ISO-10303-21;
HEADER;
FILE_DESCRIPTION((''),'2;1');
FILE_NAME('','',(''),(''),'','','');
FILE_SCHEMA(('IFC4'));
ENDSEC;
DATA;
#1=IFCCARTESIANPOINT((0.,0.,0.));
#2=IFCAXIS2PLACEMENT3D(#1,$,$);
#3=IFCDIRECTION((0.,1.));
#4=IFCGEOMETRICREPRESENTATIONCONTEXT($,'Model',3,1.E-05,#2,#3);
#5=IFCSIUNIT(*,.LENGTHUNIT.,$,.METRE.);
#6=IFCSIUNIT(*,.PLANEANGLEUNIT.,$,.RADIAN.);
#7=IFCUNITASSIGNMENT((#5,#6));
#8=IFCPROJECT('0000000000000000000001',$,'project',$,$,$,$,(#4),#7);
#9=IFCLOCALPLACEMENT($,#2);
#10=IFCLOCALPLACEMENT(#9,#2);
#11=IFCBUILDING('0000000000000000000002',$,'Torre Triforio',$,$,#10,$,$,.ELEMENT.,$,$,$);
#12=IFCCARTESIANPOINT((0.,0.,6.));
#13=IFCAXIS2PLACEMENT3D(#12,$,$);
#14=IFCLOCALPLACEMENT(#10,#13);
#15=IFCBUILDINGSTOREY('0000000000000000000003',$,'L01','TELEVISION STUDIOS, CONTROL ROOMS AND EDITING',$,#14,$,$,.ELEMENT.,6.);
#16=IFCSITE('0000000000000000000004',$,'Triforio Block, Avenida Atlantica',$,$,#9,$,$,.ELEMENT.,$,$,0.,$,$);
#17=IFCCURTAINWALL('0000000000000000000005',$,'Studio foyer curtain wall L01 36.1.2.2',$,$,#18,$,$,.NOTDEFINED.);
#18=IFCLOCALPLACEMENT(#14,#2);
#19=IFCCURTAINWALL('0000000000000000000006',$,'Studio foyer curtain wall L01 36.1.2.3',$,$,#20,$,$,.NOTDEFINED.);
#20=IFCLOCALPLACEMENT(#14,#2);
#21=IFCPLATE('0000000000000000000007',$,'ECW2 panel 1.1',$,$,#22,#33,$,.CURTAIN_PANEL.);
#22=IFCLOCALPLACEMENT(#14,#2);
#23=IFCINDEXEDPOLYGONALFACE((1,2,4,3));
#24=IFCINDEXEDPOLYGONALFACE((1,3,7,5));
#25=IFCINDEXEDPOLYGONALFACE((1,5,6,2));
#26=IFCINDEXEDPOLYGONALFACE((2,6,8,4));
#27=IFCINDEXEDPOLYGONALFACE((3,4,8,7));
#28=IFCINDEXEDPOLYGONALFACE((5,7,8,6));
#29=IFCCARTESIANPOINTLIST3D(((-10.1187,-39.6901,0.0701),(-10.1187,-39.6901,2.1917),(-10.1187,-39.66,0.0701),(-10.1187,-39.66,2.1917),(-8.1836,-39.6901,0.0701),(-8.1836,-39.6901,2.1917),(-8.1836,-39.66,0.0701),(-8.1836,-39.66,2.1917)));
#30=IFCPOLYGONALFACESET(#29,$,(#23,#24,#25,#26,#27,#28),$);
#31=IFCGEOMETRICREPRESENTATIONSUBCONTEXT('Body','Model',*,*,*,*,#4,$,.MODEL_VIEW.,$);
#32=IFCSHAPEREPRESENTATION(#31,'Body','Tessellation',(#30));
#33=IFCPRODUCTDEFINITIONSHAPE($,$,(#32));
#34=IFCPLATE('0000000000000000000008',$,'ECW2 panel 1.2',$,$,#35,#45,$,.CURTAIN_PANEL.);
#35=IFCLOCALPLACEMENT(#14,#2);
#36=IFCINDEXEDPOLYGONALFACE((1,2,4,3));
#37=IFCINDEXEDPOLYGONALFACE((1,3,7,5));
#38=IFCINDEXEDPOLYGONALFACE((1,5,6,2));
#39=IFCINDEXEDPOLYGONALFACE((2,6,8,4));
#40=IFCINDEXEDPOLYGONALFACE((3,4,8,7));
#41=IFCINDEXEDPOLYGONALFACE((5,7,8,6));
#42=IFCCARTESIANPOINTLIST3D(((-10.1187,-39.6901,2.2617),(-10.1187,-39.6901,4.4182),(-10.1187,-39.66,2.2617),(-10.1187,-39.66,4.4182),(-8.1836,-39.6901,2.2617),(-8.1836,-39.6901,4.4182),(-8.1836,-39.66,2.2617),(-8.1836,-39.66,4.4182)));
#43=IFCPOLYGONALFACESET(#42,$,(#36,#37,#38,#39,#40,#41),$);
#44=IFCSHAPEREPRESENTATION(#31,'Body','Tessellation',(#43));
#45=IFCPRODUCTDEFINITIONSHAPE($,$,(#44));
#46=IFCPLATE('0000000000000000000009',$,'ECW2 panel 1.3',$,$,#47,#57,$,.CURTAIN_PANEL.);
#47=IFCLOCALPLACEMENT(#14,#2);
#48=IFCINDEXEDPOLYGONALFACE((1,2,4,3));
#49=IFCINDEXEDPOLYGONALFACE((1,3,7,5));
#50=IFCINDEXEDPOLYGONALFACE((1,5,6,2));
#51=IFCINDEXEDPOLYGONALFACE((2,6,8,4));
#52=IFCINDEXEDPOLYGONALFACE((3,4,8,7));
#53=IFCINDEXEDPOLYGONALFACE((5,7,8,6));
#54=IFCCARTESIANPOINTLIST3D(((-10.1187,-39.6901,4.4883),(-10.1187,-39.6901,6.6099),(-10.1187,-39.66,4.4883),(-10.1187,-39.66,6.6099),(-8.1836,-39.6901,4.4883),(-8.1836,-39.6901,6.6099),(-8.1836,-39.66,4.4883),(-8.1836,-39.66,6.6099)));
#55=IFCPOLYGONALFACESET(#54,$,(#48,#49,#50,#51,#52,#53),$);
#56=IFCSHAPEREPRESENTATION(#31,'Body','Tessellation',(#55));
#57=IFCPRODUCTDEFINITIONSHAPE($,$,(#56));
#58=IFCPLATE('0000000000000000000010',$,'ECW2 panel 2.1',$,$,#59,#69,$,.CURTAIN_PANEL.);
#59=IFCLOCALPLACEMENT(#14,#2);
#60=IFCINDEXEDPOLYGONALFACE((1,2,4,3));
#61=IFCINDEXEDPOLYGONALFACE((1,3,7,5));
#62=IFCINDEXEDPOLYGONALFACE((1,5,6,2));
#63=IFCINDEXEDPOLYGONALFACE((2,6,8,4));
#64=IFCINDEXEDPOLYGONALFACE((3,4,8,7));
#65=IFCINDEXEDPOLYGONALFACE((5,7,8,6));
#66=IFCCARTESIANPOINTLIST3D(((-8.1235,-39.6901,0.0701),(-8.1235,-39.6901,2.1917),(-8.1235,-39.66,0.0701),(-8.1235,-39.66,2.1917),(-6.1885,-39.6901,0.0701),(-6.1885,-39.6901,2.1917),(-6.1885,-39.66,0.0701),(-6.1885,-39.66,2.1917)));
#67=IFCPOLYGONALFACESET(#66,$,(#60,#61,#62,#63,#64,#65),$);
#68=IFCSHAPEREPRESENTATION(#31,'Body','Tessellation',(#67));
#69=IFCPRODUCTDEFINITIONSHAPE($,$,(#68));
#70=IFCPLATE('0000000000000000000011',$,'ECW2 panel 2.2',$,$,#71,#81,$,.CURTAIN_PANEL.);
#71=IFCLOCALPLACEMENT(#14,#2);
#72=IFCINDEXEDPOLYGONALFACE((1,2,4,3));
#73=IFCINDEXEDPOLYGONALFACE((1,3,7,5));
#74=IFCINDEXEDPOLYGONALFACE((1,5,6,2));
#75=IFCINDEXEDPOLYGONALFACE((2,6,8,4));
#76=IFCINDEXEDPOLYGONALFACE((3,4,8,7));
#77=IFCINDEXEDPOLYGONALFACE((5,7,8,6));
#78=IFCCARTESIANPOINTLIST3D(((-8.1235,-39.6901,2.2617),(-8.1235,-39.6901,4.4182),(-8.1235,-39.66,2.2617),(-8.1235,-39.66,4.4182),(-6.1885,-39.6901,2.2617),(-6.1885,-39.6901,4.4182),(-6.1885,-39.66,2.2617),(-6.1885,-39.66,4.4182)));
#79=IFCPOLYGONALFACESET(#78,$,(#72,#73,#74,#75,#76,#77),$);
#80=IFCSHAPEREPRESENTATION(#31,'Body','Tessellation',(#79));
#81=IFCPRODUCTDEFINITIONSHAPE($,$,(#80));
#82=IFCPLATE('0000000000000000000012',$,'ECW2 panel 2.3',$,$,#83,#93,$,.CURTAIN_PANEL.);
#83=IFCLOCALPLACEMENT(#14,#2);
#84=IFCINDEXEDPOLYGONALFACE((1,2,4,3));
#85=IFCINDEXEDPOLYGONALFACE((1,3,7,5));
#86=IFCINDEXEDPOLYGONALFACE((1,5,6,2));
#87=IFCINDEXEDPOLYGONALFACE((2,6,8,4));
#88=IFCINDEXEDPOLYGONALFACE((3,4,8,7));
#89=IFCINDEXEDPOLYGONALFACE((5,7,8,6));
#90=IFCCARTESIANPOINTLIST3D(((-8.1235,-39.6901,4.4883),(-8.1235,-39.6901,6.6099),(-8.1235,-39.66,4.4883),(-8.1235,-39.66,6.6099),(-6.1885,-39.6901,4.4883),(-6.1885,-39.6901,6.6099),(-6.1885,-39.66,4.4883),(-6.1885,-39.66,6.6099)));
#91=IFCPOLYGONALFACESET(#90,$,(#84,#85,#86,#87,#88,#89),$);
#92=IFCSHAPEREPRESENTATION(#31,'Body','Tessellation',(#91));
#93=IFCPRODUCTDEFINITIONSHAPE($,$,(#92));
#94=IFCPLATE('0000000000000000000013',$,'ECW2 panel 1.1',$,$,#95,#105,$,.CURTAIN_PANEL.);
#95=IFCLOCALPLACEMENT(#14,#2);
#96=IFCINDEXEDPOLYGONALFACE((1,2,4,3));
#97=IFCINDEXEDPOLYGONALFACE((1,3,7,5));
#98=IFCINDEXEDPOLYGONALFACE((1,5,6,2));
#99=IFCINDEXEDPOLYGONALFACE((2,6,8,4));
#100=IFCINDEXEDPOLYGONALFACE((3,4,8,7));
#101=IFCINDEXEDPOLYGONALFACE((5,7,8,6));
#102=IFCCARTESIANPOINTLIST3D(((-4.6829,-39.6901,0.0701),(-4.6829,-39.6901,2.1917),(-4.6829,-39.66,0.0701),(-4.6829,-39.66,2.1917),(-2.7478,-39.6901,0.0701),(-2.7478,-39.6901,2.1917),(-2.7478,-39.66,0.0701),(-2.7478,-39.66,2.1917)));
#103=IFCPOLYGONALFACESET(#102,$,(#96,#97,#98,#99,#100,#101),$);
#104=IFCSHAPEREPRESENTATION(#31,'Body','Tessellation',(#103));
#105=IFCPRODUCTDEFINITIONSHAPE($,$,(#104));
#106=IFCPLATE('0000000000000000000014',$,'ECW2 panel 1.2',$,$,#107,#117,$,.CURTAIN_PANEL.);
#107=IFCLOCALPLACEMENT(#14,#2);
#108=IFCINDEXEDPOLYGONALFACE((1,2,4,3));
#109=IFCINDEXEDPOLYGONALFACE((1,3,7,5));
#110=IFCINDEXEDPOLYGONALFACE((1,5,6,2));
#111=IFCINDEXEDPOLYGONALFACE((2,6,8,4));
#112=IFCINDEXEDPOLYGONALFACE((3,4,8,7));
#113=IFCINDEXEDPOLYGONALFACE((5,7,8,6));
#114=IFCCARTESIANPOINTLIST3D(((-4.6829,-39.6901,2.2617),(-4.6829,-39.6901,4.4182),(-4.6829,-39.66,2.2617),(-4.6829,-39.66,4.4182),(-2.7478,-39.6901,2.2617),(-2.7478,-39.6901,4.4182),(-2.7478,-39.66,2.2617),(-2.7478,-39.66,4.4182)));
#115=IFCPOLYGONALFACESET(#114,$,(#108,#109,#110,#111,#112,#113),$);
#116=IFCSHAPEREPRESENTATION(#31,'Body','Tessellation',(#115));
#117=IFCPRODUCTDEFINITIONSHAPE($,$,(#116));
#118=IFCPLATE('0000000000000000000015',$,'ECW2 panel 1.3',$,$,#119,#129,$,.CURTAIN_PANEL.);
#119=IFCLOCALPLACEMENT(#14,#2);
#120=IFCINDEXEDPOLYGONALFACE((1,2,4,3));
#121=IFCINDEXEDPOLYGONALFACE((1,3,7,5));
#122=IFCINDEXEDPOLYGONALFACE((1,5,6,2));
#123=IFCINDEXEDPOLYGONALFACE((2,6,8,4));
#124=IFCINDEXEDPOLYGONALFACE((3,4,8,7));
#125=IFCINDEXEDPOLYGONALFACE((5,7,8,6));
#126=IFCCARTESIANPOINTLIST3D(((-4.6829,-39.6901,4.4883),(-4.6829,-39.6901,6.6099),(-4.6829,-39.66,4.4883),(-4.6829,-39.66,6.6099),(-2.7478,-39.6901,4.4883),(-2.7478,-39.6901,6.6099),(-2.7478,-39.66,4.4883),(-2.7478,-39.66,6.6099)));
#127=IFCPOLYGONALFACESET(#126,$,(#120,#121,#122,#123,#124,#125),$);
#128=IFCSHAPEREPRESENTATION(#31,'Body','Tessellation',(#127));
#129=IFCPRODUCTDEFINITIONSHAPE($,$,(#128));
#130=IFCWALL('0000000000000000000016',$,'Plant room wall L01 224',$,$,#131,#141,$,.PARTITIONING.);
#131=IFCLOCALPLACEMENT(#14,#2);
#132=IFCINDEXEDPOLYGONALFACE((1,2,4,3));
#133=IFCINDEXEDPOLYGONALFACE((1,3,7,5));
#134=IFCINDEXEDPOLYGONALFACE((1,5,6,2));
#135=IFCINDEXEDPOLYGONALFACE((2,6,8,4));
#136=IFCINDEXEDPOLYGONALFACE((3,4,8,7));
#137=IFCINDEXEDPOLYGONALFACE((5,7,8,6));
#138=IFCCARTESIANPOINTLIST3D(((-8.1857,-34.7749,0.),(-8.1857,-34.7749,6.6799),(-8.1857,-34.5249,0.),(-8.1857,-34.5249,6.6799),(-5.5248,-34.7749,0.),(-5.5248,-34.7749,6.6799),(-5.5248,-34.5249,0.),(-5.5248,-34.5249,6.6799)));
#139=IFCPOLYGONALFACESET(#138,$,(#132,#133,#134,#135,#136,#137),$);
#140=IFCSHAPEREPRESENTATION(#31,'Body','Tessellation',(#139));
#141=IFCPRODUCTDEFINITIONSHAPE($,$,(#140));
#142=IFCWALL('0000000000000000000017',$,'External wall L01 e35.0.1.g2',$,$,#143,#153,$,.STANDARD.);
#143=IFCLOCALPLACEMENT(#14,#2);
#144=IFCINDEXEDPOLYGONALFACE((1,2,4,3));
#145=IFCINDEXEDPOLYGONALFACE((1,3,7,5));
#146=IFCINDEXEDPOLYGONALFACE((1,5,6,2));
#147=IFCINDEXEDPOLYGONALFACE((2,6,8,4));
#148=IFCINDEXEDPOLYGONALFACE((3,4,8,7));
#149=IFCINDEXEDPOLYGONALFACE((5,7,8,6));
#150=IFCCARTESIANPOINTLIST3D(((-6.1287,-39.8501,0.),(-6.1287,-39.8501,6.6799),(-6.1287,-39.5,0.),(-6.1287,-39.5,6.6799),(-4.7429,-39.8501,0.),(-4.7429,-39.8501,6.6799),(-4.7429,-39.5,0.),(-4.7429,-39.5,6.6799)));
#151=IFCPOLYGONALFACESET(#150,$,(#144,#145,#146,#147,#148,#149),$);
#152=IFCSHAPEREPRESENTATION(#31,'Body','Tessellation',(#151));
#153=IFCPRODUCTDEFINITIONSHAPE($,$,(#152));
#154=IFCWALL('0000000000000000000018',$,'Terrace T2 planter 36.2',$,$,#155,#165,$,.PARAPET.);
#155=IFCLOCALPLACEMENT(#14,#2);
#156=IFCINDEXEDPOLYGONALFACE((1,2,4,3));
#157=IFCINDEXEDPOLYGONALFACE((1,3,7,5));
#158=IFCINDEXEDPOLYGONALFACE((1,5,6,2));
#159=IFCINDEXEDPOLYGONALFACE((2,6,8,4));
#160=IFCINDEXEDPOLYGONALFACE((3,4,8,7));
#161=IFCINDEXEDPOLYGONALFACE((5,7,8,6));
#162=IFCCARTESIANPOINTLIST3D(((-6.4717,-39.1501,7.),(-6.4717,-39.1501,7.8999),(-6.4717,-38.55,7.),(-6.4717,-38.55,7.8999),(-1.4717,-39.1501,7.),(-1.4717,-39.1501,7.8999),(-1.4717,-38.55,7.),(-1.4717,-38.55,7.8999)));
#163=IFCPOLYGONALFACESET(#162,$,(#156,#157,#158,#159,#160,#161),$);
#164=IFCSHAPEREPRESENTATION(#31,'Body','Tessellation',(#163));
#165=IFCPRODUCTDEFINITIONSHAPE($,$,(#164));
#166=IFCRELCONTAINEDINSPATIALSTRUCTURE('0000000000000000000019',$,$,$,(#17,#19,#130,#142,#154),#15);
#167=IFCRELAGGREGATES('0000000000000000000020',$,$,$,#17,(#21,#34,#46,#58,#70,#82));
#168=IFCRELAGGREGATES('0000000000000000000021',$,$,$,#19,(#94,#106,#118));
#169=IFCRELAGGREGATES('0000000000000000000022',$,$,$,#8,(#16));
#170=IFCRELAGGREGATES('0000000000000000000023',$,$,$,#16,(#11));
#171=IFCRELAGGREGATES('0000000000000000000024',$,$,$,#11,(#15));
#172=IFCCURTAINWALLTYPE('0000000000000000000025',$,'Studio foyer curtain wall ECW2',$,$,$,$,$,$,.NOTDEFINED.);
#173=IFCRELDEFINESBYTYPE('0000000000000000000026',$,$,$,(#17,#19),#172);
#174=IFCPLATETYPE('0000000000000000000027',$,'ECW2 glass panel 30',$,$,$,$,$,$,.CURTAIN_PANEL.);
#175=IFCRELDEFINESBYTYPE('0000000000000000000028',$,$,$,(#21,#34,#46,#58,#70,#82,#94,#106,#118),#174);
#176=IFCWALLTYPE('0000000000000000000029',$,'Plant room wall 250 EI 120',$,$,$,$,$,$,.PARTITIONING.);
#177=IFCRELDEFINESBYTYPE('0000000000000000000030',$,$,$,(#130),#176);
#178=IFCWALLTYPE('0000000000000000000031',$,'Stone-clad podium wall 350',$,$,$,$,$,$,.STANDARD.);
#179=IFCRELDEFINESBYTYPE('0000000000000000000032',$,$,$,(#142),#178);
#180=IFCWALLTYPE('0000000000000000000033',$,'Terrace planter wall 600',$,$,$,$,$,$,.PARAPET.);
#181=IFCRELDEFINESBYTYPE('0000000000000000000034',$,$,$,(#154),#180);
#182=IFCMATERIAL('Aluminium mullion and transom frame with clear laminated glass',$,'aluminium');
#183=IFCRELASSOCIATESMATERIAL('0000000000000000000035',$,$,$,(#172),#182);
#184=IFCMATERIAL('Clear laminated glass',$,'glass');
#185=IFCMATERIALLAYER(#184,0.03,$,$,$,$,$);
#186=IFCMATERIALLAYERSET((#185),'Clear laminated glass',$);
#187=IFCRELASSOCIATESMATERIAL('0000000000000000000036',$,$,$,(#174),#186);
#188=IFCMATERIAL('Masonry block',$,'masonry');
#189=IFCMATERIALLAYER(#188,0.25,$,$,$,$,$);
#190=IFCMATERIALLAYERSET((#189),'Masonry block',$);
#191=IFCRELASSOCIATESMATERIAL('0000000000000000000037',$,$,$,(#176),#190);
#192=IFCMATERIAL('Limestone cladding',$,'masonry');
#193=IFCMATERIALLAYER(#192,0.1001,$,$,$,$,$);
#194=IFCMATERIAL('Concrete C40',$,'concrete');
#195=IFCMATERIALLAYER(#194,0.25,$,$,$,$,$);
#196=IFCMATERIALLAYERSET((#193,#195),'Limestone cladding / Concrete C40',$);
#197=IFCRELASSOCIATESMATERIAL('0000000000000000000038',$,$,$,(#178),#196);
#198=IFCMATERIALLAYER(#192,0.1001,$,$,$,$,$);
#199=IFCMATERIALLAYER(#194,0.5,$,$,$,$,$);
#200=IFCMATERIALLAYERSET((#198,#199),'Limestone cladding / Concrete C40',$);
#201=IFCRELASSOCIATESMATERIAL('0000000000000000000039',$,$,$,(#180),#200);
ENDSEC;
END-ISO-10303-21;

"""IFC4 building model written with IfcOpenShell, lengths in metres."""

from ifc_helpers import new_model, si_unit, direction, frame, frame_2d, origin, origin_2d, place, context, subcontext, project, spatial, rectangle, extrude, material, layer, layer_set, type_object, element, aggregate, save


model = new_model("IFC4")

# Units and contexts
model_context = context("Model", 3, precision=1e-05, world=origin(), true_north=direction((0.0, 1.0)))
body_context = subcontext(model_context, "Body", "Model", "MODEL_VIEW")
ifc_project = project(units=[si_unit("LENGTHUNIT", "METRE"), si_unit("PLANEANGLEUNIT", "RADIAN")], contexts=[model_context])

# Site, building, storey
site_placement = place(None, origin())
site = spatial("IfcSite", under=ifc_project, at=site_placement, Name="Triforio Block, Avenida Atlantica", CompositionType="ELEMENT", RefElevation=0.0)
building_placement = place(site_placement, origin())
building = spatial("IfcBuilding", under=site, at=building_placement, Name="Torre Triforio", CompositionType="ELEMENT")
storey_placement = place(building_placement, frame((0.0, 0.0, 6.0)))
storey = spatial("IfcBuildingStorey", under=building, at=storey_placement, Name="L01", Description="TELEVISION STUDIOS, CONTROL ROOMS AND EDITING", CompositionType="ELEMENT", Elevation=6.0)

# Curtain walls
ifc_material_1 = material(Name="Aluminium mullion and transom frame with clear laminated glass", Category="aluminium")
curtain_wall_type = type_object("IfcCurtainWallType", Name="Studio foyer curtain wall ECW2", PredefinedType="NOTDEFINED", material=ifc_material_1)
curtain_wall_1_placement = place(storey_placement, origin())
curtain_wall_1 = element("IfcCurtainWall", 1, at=curtain_wall_1_placement, inside=storey, type_object=curtain_wall_type, Name="Studio foyer curtain wall L01 36.1.2.2", PredefinedType="NOTDEFINED")
curtain_wall_2_placement = place(storey_placement, origin())
curtain_wall_2 = element("IfcCurtainWall", 2, at=curtain_wall_2_placement, inside=storey, type_object=curtain_wall_type, Name="Studio foyer curtain wall L01 36.1.2.3", PredefinedType="NOTDEFINED")

# Plates
ifc_material_2 = material(Name="Clear laminated glass", Category="glass")
ifc_layer_1 = layer(ifc_material_2, 0.03)
ifc_layer_set_1 = layer_set([ifc_layer_1], Name="Clear laminated glass")
plate_type = type_object("IfcPlateType", Name="ECW2 glass panel 30", PredefinedType="CURTAIN_PANEL", material=ifc_layer_set_1)
plate_1_placement = place(storey_placement, frame((-9.1511, -39.675, 0.0701), z_axis=(0.0, 0.0, 1.0), x_axis=(1.0, 0.0, 0.0)))
plate_1 = element("IfcPlate", 3, at=plate_1_placement, type_object=plate_type, Name="ECW2 panel 1.1", PredefinedType="CURTAIN_PANEL", context=body_context, shape_type="SweptSolid", body=[
    extrude(rectangle(XDim=1.9351, YDim=0.03, at=origin_2d()), origin(), (0.0, 0.0, 1.0), 2.1216),
])
plate_2_placement = place(storey_placement, frame((-9.1511, -39.675, 2.2617), z_axis=(0.0, 0.0, 1.0), x_axis=(1.0, 0.0, 0.0)))
plate_2 = element("IfcPlate", 4, at=plate_2_placement, type_object=plate_type, Name="ECW2 panel 1.2", PredefinedType="CURTAIN_PANEL", context=body_context, shape_type="SweptSolid", body=[
    extrude(rectangle(XDim=1.9351, YDim=0.03, at=origin_2d()), origin(), (0.0, 0.0, 1.0), 2.1565),
])
plate_3_placement = place(storey_placement, frame((-9.1511, -39.675, 4.4883), z_axis=(0.0, 0.0, 1.0), x_axis=(1.0, 0.0, 0.0)))
plate_3 = element("IfcPlate", 5, at=plate_3_placement, type_object=plate_type, Name="ECW2 panel 1.3", PredefinedType="CURTAIN_PANEL", context=body_context, shape_type="SweptSolid", body=[
    extrude(rectangle(XDim=1.9351, YDim=0.03, at=origin_2d()), origin(), (0.0, 0.0, 1.0), 2.1216),
])
plate_4_placement = place(storey_placement, frame((-7.156, -39.675, 0.0701), z_axis=(0.0, 0.0, 1.0), x_axis=(1.0, 0.0, 0.0)))
plate_4 = element("IfcPlate", 6, at=plate_4_placement, type_object=plate_type, Name="ECW2 panel 2.1", PredefinedType="CURTAIN_PANEL", context=body_context, shape_type="SweptSolid", body=[
    extrude(rectangle(XDim=1.9351, YDim=0.03, at=origin_2d()), origin(), (0.0, 0.0, 1.0), 2.1216),
])
plate_5_placement = place(storey_placement, frame((-7.156, -39.675, 2.2617), z_axis=(0.0, 0.0, 1.0), x_axis=(1.0, 0.0, 0.0)))
plate_5 = element("IfcPlate", 7, at=plate_5_placement, type_object=plate_type, Name="ECW2 panel 2.2", PredefinedType="CURTAIN_PANEL", context=body_context, shape_type="SweptSolid", body=[
    extrude(rectangle(XDim=1.9351, YDim=0.03, at=origin_2d()), origin(), (0.0, 0.0, 1.0), 2.1565),
])
plate_6_placement = place(storey_placement, frame((-7.156, -39.675, 4.4883), z_axis=(0.0, 0.0, 1.0), x_axis=(1.0, 0.0, 0.0)))
plate_6 = element("IfcPlate", 8, at=plate_6_placement, type_object=plate_type, Name="ECW2 panel 2.3", PredefinedType="CURTAIN_PANEL", context=body_context, shape_type="SweptSolid", body=[
    extrude(rectangle(XDim=1.9351, YDim=0.03, at=origin_2d()), origin(), (0.0, 0.0, 1.0), 2.1216),
])
aggregate(curtain_wall_1, [plate_1, plate_2, plate_3, plate_4, plate_5, plate_6])
plate_7_placement = place(storey_placement, frame((-3.7153, -39.675, 0.0701), z_axis=(0.0, 0.0, 1.0), x_axis=(1.0, 0.0, 0.0)))
plate_7 = element("IfcPlate", 9, at=plate_7_placement, type_object=plate_type, Name="ECW2 panel 1.1", PredefinedType="CURTAIN_PANEL", context=body_context, shape_type="SweptSolid", body=[
    extrude(rectangle(XDim=1.9351, YDim=0.03, at=origin_2d()), origin(), (0.0, 0.0, 1.0), 2.1216),
])
plate_8_placement = place(storey_placement, frame((-3.7153, -39.675, 2.2617), z_axis=(0.0, 0.0, 1.0), x_axis=(1.0, 0.0, 0.0)))
plate_8 = element("IfcPlate", 10, at=plate_8_placement, type_object=plate_type, Name="ECW2 panel 1.2", PredefinedType="CURTAIN_PANEL", context=body_context, shape_type="SweptSolid", body=[
    extrude(rectangle(XDim=1.9351, YDim=0.03, at=origin_2d()), origin(), (0.0, 0.0, 1.0), 2.1565),
])
plate_9_placement = place(storey_placement, frame((-3.7153, -39.675, 4.4883), z_axis=(0.0, 0.0, 1.0), x_axis=(1.0, 0.0, 0.0)))
plate_9 = element("IfcPlate", 11, at=plate_9_placement, type_object=plate_type, Name="ECW2 panel 1.3", PredefinedType="CURTAIN_PANEL", context=body_context, shape_type="SweptSolid", body=[
    extrude(rectangle(XDim=1.9351, YDim=0.03, at=origin_2d()), origin(), (0.0, 0.0, 1.0), 2.1216),
])
aggregate(curtain_wall_2, [plate_7, plate_8, plate_9])

# Walls
ifc_material_3 = material(Name="Masonry block", Category="masonry")
ifc_layer_2 = layer(ifc_material_3, 0.25)
ifc_layer_set_2 = layer_set([ifc_layer_2], Name="Masonry block")
wall_type_1 = type_object("IfcWallType", Name="Plant room wall 250 EI 120", PredefinedType="PARTITIONING", material=ifc_layer_set_2)
wall_1_placement = place(storey_placement, frame((-8.1858, -34.6499, 0.0), z_axis=(0.0, 0.0, 1.0), x_axis=(1.0, 0.0, 0.0)))
element("IfcWall", 12, at=wall_1_placement, inside=storey, type_object=wall_type_1, Name="Plant room wall L01 224", PredefinedType="PARTITIONING", context=body_context, shape_type="SweptSolid", body=[
    extrude(rectangle(XDim=2.6609, YDim=0.25, at=frame_2d((1.3306, 0.0))), origin(), (0.0, 0.0, 1.0), 6.6799),
])
ifc_material_4 = material(Name="Limestone cladding", Category="masonry")
ifc_layer_3 = layer(ifc_material_4, 0.1001)
ifc_material_5 = material(Name="Concrete C40", Category="concrete")
ifc_layer_4 = layer(ifc_material_5, 0.25)
ifc_layer_set_3 = layer_set([ifc_layer_3, ifc_layer_4], Name="Limestone cladding / Concrete C40")
wall_type_2 = type_object("IfcWallType", Name="Stone-clad podium wall 350", PredefinedType="STANDARD", material=ifc_layer_set_3)
wall_2_placement = place(storey_placement, frame((-6.1287, -39.675, 0.0), z_axis=(0.0, 0.0, 1.0), x_axis=(1.0, 0.0, 0.0)))
element("IfcWall", 13, at=wall_2_placement, inside=storey, type_object=wall_type_2, Name="External wall L01 e35.0.1.g2", PredefinedType="STANDARD", context=body_context, shape_type="SweptSolid", body=[
    extrude(rectangle(XDim=1.3857, YDim=0.3501, at=frame_2d((0.6929, 0.0))), origin(), (0.0, 0.0, 1.0), 6.6799),
])
ifc_layer_5 = layer(ifc_material_4, 0.1001)
ifc_layer_6 = layer(ifc_material_5, 0.5)
ifc_layer_set_4 = layer_set([ifc_layer_5, ifc_layer_6], Name="Limestone cladding / Concrete C40")
wall_type_3 = type_object("IfcWallType", Name="Terrace planter wall 600", PredefinedType="PARAPET", material=ifc_layer_set_4)
wall_3_placement = place(storey_placement, frame((-6.4717, -38.8501, 7.0), z_axis=(0.0, 0.0, 1.0), x_axis=(1.0, 0.0, 0.0)))
element("IfcWall", 14, at=wall_3_placement, inside=storey, type_object=wall_type_3, Name="Terrace T2 planter 36.2", PredefinedType="PARAPET", context=body_context, shape_type="SweptSolid", body=[
    extrude(rectangle(XDim=5.0, YDim=0.6001, at=frame_2d((2.5, 0.0))), origin(), (0.0, 0.0, 1.0), 0.8999),
])

save(model, "model.ifc")
